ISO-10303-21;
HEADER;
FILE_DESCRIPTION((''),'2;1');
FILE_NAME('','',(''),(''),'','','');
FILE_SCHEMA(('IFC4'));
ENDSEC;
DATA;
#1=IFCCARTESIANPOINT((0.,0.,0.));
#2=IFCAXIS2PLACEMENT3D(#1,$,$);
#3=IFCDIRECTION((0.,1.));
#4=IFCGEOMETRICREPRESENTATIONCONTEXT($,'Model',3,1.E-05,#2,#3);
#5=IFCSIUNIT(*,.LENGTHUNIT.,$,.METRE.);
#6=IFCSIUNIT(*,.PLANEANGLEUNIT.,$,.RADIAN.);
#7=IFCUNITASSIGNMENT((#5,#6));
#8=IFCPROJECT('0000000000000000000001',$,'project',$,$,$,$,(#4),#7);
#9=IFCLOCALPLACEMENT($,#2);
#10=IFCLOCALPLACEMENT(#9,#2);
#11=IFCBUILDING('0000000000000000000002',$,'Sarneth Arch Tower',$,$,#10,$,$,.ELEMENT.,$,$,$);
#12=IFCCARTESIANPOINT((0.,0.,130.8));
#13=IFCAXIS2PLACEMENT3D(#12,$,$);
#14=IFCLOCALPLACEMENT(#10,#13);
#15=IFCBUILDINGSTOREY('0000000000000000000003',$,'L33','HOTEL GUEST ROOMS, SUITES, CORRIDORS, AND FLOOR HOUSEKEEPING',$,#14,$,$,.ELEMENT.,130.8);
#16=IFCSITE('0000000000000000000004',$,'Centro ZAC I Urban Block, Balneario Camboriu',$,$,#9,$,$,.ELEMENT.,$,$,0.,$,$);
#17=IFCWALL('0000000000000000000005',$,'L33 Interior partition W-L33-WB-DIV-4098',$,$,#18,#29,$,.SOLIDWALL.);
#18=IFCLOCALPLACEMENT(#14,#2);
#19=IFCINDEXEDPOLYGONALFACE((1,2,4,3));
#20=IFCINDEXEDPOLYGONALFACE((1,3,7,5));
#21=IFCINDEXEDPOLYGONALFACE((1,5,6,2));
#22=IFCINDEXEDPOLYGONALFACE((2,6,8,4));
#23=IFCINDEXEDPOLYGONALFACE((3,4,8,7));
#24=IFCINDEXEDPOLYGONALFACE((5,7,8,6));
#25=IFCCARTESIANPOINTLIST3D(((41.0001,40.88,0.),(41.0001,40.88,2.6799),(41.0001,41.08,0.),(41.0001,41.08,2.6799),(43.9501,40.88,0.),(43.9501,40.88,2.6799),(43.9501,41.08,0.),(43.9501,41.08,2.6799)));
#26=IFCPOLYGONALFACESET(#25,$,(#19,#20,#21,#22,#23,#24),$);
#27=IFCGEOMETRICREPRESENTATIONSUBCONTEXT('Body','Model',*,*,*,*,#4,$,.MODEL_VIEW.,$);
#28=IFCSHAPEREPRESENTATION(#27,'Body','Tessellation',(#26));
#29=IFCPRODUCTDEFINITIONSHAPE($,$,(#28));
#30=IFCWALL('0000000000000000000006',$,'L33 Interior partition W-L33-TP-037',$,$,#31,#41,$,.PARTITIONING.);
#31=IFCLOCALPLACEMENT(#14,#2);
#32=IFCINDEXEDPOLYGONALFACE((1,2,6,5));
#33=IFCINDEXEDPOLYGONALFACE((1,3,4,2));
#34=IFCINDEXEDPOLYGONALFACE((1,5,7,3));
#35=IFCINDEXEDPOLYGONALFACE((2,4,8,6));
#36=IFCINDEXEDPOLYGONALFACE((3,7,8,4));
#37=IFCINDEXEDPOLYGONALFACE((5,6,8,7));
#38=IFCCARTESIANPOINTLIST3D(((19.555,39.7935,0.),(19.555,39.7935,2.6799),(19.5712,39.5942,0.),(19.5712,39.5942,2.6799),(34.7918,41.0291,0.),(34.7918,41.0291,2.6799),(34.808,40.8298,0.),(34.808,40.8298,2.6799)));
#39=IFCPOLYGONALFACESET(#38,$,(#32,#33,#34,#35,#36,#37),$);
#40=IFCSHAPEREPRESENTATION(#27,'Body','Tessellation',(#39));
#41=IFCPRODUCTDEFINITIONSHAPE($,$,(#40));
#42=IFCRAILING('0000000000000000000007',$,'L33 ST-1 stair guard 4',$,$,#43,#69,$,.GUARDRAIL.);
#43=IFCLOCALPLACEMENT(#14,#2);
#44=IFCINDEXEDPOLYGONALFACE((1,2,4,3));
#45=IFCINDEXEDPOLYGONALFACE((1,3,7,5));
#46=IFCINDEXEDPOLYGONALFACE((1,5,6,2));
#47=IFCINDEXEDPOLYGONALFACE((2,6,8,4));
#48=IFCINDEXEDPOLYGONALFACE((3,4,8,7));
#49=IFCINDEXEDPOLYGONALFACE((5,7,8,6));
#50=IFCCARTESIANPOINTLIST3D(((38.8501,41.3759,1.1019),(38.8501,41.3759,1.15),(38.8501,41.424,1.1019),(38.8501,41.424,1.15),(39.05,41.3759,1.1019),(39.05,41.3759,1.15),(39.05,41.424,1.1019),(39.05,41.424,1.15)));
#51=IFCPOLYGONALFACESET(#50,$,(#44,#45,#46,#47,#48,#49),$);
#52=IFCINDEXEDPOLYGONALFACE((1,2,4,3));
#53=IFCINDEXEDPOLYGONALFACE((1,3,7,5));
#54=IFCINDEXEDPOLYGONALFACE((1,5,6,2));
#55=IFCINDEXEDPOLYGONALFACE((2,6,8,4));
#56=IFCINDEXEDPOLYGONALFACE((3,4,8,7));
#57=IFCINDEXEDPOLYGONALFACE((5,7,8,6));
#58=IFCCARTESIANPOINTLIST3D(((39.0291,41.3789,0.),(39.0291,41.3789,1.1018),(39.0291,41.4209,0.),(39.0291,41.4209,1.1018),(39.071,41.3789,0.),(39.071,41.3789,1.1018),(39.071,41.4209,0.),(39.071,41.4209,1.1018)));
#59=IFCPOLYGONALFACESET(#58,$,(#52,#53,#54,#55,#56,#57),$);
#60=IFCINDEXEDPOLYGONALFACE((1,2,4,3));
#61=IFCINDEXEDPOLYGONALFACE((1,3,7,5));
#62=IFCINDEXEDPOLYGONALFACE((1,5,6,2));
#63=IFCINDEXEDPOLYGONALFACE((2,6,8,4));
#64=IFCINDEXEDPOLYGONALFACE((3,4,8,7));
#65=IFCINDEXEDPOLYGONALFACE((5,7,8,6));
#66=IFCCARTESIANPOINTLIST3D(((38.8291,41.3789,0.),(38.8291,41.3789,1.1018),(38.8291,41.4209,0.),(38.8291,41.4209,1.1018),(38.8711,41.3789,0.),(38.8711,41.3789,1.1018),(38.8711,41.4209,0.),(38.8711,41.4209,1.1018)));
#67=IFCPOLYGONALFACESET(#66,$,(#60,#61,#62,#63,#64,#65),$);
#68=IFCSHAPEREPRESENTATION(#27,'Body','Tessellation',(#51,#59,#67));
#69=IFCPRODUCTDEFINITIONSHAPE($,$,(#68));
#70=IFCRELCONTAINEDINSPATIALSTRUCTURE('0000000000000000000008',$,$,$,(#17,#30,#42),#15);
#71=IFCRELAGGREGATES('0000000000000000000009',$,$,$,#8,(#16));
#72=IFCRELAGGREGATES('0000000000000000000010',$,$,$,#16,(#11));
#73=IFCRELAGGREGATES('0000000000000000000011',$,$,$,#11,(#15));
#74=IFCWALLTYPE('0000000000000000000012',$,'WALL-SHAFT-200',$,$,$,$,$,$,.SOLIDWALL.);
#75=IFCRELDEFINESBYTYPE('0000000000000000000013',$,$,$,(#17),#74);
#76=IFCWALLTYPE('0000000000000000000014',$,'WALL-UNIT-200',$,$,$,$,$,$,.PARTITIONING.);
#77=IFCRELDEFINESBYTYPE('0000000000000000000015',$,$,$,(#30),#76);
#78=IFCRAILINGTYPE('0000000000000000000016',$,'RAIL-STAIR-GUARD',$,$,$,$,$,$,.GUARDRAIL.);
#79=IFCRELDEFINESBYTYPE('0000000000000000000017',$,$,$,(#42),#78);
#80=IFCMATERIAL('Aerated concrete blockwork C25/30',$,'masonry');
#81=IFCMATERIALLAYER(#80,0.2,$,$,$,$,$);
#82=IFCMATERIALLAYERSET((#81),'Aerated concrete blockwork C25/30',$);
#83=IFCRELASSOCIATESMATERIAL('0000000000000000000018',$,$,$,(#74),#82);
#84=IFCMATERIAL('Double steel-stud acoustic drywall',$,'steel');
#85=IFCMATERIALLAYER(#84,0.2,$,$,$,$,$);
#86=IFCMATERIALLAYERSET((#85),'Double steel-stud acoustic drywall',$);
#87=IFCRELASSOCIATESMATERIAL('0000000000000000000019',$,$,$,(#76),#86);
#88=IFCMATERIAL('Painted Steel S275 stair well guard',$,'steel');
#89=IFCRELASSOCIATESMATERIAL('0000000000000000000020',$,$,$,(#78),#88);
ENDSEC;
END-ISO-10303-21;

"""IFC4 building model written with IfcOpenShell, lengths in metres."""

from ifc_helpers import new_model, si_unit, direction, frame, frame_2d, origin, origin_2d, place, context, subcontext, project, spatial, rectangle, extrude, material, layer, layer_set, type_object, element, save


model = new_model("IFC4")

# Units and contexts
model_context = context("Model", 3, precision=1e-05, world=origin(), true_north=direction((0.0, 1.0)))
body_context = subcontext(model_context, "Body", "Model", "MODEL_VIEW")
ifc_project = project(units=[si_unit("LENGTHUNIT", "METRE"), si_unit("PLANEANGLEUNIT", "RADIAN")], contexts=[model_context])

# Site, building, storey
site_placement = place(None, origin())
site = spatial("IfcSite", under=ifc_project, at=site_placement, Name="Centro ZAC I Urban Block, Balneario Camboriu", CompositionType="ELEMENT", RefElevation=0.0)
building_placement = place(site_placement, origin())
building = spatial("IfcBuilding", under=site, at=building_placement, Name="Sarneth Arch Tower", CompositionType="ELEMENT")
storey_placement = place(building_placement, frame((0.0, 0.0, 130.8)))
storey = spatial("IfcBuildingStorey", under=building, at=storey_placement, Name="L33", Description="HOTEL GUEST ROOMS, SUITES, CORRIDORS, AND FLOOR HOUSEKEEPING", CompositionType="ELEMENT", Elevation=130.8)

# Shared definitions
ifc_material_1 = material(Name="Aerated concrete blockwork C25/30", Category="masonry")
ifc_layer_1 = layer(ifc_material_1, 0.2)
ifc_layer_set_1 = layer_set([ifc_layer_1], Name="Aerated concrete blockwork C25/30")
wall_type_1 = type_object("IfcWallType", Name="WALL-SHAFT-200", PredefinedType="SOLIDWALL", material=ifc_layer_set_1)

# Walls
wall_1_placement = place(storey_placement, frame((41.0, 40.98, 0.0), z_axis=(0.0, 0.0, 1.0), x_axis=(1.0, 0.0, 0.0)))
element("IfcWall", 1, at=wall_1_placement, inside=storey, type_object=wall_type_1, Name="L33 Interior partition W-L33-WB-DIV-4098", PredefinedType="SOLIDWALL", context=body_context, shape_type="SweptSolid", body=[
    extrude(rectangle(XDim=2.95, YDim=0.2, at=frame_2d((1.4751, 0.0))), origin(), (0.0, 0.0, 1.0), 2.6799),
])
ifc_material_2 = material(Name="Double steel-stud acoustic drywall", Category="steel")
ifc_layer_2 = layer(ifc_material_2, 0.2)
ifc_layer_set_2 = layer_set([ifc_layer_2], Name="Double steel-stud acoustic drywall")
wall_type_2 = type_object("IfcWallType", Name="WALL-UNIT-200", PredefinedType="PARTITIONING", material=ifc_layer_set_2)
wall_2_placement = place(storey_placement, frame((34.8, 40.9294, 0.0), z_axis=(0.0, 0.0, 1.0), x_axis=(-0.996728, -0.080827, 0.0)))
element("IfcWall", 2, at=wall_2_placement, inside=storey, type_object=wall_type_2, Name="L33 Interior partition W-L33-TP-037", PredefinedType="PARTITIONING", context=body_context, shape_type="SweptSolid", body=[
    extrude(rectangle(XDim=15.2869, YDim=0.2, at=frame_2d((7.6436, 0.0))), origin(), (0.0, 0.0, 1.0), 2.6799),
])

# Railing
ifc_material_3 = material(Name="Painted Steel S275 stair well guard", Category="steel")
railing_type = type_object("IfcRailingType", Name="RAIL-STAIR-GUARD", PredefinedType="GUARDRAIL", material=ifc_material_3)
railing_placement = place(storey_placement, frame((39.05, 41.3999, 0.0)))
element("IfcRailing", 3, at=railing_placement, inside=storey, type_object=railing_type, Name="L33 ST-1 stair guard 4", PredefinedType="GUARDRAIL", context=body_context, shape_type="SweptSolid", body=[
    extrude(rectangle(XDim=0.0481, YDim=0.0481, at=origin_2d()), frame((0.0, 0.0, 1.126), z_axis=(-1.0, 0.0, 0.0), x_axis=(0.0, -1.0, 0.0)), (0.0, 0.0, 1.0), 0.2),
    extrude(rectangle(XDim=0.042, YDim=0.042, at=origin_2d()), origin(), (0.0, 0.0, 1.0), 1.1018),
    extrude(rectangle(XDim=0.042, YDim=0.042, at=origin_2d()), frame((-0.2, 0.0, 0.0)), (0.0, 0.0, 1.0), 1.1018),
])

save(model, "model.ifc")
